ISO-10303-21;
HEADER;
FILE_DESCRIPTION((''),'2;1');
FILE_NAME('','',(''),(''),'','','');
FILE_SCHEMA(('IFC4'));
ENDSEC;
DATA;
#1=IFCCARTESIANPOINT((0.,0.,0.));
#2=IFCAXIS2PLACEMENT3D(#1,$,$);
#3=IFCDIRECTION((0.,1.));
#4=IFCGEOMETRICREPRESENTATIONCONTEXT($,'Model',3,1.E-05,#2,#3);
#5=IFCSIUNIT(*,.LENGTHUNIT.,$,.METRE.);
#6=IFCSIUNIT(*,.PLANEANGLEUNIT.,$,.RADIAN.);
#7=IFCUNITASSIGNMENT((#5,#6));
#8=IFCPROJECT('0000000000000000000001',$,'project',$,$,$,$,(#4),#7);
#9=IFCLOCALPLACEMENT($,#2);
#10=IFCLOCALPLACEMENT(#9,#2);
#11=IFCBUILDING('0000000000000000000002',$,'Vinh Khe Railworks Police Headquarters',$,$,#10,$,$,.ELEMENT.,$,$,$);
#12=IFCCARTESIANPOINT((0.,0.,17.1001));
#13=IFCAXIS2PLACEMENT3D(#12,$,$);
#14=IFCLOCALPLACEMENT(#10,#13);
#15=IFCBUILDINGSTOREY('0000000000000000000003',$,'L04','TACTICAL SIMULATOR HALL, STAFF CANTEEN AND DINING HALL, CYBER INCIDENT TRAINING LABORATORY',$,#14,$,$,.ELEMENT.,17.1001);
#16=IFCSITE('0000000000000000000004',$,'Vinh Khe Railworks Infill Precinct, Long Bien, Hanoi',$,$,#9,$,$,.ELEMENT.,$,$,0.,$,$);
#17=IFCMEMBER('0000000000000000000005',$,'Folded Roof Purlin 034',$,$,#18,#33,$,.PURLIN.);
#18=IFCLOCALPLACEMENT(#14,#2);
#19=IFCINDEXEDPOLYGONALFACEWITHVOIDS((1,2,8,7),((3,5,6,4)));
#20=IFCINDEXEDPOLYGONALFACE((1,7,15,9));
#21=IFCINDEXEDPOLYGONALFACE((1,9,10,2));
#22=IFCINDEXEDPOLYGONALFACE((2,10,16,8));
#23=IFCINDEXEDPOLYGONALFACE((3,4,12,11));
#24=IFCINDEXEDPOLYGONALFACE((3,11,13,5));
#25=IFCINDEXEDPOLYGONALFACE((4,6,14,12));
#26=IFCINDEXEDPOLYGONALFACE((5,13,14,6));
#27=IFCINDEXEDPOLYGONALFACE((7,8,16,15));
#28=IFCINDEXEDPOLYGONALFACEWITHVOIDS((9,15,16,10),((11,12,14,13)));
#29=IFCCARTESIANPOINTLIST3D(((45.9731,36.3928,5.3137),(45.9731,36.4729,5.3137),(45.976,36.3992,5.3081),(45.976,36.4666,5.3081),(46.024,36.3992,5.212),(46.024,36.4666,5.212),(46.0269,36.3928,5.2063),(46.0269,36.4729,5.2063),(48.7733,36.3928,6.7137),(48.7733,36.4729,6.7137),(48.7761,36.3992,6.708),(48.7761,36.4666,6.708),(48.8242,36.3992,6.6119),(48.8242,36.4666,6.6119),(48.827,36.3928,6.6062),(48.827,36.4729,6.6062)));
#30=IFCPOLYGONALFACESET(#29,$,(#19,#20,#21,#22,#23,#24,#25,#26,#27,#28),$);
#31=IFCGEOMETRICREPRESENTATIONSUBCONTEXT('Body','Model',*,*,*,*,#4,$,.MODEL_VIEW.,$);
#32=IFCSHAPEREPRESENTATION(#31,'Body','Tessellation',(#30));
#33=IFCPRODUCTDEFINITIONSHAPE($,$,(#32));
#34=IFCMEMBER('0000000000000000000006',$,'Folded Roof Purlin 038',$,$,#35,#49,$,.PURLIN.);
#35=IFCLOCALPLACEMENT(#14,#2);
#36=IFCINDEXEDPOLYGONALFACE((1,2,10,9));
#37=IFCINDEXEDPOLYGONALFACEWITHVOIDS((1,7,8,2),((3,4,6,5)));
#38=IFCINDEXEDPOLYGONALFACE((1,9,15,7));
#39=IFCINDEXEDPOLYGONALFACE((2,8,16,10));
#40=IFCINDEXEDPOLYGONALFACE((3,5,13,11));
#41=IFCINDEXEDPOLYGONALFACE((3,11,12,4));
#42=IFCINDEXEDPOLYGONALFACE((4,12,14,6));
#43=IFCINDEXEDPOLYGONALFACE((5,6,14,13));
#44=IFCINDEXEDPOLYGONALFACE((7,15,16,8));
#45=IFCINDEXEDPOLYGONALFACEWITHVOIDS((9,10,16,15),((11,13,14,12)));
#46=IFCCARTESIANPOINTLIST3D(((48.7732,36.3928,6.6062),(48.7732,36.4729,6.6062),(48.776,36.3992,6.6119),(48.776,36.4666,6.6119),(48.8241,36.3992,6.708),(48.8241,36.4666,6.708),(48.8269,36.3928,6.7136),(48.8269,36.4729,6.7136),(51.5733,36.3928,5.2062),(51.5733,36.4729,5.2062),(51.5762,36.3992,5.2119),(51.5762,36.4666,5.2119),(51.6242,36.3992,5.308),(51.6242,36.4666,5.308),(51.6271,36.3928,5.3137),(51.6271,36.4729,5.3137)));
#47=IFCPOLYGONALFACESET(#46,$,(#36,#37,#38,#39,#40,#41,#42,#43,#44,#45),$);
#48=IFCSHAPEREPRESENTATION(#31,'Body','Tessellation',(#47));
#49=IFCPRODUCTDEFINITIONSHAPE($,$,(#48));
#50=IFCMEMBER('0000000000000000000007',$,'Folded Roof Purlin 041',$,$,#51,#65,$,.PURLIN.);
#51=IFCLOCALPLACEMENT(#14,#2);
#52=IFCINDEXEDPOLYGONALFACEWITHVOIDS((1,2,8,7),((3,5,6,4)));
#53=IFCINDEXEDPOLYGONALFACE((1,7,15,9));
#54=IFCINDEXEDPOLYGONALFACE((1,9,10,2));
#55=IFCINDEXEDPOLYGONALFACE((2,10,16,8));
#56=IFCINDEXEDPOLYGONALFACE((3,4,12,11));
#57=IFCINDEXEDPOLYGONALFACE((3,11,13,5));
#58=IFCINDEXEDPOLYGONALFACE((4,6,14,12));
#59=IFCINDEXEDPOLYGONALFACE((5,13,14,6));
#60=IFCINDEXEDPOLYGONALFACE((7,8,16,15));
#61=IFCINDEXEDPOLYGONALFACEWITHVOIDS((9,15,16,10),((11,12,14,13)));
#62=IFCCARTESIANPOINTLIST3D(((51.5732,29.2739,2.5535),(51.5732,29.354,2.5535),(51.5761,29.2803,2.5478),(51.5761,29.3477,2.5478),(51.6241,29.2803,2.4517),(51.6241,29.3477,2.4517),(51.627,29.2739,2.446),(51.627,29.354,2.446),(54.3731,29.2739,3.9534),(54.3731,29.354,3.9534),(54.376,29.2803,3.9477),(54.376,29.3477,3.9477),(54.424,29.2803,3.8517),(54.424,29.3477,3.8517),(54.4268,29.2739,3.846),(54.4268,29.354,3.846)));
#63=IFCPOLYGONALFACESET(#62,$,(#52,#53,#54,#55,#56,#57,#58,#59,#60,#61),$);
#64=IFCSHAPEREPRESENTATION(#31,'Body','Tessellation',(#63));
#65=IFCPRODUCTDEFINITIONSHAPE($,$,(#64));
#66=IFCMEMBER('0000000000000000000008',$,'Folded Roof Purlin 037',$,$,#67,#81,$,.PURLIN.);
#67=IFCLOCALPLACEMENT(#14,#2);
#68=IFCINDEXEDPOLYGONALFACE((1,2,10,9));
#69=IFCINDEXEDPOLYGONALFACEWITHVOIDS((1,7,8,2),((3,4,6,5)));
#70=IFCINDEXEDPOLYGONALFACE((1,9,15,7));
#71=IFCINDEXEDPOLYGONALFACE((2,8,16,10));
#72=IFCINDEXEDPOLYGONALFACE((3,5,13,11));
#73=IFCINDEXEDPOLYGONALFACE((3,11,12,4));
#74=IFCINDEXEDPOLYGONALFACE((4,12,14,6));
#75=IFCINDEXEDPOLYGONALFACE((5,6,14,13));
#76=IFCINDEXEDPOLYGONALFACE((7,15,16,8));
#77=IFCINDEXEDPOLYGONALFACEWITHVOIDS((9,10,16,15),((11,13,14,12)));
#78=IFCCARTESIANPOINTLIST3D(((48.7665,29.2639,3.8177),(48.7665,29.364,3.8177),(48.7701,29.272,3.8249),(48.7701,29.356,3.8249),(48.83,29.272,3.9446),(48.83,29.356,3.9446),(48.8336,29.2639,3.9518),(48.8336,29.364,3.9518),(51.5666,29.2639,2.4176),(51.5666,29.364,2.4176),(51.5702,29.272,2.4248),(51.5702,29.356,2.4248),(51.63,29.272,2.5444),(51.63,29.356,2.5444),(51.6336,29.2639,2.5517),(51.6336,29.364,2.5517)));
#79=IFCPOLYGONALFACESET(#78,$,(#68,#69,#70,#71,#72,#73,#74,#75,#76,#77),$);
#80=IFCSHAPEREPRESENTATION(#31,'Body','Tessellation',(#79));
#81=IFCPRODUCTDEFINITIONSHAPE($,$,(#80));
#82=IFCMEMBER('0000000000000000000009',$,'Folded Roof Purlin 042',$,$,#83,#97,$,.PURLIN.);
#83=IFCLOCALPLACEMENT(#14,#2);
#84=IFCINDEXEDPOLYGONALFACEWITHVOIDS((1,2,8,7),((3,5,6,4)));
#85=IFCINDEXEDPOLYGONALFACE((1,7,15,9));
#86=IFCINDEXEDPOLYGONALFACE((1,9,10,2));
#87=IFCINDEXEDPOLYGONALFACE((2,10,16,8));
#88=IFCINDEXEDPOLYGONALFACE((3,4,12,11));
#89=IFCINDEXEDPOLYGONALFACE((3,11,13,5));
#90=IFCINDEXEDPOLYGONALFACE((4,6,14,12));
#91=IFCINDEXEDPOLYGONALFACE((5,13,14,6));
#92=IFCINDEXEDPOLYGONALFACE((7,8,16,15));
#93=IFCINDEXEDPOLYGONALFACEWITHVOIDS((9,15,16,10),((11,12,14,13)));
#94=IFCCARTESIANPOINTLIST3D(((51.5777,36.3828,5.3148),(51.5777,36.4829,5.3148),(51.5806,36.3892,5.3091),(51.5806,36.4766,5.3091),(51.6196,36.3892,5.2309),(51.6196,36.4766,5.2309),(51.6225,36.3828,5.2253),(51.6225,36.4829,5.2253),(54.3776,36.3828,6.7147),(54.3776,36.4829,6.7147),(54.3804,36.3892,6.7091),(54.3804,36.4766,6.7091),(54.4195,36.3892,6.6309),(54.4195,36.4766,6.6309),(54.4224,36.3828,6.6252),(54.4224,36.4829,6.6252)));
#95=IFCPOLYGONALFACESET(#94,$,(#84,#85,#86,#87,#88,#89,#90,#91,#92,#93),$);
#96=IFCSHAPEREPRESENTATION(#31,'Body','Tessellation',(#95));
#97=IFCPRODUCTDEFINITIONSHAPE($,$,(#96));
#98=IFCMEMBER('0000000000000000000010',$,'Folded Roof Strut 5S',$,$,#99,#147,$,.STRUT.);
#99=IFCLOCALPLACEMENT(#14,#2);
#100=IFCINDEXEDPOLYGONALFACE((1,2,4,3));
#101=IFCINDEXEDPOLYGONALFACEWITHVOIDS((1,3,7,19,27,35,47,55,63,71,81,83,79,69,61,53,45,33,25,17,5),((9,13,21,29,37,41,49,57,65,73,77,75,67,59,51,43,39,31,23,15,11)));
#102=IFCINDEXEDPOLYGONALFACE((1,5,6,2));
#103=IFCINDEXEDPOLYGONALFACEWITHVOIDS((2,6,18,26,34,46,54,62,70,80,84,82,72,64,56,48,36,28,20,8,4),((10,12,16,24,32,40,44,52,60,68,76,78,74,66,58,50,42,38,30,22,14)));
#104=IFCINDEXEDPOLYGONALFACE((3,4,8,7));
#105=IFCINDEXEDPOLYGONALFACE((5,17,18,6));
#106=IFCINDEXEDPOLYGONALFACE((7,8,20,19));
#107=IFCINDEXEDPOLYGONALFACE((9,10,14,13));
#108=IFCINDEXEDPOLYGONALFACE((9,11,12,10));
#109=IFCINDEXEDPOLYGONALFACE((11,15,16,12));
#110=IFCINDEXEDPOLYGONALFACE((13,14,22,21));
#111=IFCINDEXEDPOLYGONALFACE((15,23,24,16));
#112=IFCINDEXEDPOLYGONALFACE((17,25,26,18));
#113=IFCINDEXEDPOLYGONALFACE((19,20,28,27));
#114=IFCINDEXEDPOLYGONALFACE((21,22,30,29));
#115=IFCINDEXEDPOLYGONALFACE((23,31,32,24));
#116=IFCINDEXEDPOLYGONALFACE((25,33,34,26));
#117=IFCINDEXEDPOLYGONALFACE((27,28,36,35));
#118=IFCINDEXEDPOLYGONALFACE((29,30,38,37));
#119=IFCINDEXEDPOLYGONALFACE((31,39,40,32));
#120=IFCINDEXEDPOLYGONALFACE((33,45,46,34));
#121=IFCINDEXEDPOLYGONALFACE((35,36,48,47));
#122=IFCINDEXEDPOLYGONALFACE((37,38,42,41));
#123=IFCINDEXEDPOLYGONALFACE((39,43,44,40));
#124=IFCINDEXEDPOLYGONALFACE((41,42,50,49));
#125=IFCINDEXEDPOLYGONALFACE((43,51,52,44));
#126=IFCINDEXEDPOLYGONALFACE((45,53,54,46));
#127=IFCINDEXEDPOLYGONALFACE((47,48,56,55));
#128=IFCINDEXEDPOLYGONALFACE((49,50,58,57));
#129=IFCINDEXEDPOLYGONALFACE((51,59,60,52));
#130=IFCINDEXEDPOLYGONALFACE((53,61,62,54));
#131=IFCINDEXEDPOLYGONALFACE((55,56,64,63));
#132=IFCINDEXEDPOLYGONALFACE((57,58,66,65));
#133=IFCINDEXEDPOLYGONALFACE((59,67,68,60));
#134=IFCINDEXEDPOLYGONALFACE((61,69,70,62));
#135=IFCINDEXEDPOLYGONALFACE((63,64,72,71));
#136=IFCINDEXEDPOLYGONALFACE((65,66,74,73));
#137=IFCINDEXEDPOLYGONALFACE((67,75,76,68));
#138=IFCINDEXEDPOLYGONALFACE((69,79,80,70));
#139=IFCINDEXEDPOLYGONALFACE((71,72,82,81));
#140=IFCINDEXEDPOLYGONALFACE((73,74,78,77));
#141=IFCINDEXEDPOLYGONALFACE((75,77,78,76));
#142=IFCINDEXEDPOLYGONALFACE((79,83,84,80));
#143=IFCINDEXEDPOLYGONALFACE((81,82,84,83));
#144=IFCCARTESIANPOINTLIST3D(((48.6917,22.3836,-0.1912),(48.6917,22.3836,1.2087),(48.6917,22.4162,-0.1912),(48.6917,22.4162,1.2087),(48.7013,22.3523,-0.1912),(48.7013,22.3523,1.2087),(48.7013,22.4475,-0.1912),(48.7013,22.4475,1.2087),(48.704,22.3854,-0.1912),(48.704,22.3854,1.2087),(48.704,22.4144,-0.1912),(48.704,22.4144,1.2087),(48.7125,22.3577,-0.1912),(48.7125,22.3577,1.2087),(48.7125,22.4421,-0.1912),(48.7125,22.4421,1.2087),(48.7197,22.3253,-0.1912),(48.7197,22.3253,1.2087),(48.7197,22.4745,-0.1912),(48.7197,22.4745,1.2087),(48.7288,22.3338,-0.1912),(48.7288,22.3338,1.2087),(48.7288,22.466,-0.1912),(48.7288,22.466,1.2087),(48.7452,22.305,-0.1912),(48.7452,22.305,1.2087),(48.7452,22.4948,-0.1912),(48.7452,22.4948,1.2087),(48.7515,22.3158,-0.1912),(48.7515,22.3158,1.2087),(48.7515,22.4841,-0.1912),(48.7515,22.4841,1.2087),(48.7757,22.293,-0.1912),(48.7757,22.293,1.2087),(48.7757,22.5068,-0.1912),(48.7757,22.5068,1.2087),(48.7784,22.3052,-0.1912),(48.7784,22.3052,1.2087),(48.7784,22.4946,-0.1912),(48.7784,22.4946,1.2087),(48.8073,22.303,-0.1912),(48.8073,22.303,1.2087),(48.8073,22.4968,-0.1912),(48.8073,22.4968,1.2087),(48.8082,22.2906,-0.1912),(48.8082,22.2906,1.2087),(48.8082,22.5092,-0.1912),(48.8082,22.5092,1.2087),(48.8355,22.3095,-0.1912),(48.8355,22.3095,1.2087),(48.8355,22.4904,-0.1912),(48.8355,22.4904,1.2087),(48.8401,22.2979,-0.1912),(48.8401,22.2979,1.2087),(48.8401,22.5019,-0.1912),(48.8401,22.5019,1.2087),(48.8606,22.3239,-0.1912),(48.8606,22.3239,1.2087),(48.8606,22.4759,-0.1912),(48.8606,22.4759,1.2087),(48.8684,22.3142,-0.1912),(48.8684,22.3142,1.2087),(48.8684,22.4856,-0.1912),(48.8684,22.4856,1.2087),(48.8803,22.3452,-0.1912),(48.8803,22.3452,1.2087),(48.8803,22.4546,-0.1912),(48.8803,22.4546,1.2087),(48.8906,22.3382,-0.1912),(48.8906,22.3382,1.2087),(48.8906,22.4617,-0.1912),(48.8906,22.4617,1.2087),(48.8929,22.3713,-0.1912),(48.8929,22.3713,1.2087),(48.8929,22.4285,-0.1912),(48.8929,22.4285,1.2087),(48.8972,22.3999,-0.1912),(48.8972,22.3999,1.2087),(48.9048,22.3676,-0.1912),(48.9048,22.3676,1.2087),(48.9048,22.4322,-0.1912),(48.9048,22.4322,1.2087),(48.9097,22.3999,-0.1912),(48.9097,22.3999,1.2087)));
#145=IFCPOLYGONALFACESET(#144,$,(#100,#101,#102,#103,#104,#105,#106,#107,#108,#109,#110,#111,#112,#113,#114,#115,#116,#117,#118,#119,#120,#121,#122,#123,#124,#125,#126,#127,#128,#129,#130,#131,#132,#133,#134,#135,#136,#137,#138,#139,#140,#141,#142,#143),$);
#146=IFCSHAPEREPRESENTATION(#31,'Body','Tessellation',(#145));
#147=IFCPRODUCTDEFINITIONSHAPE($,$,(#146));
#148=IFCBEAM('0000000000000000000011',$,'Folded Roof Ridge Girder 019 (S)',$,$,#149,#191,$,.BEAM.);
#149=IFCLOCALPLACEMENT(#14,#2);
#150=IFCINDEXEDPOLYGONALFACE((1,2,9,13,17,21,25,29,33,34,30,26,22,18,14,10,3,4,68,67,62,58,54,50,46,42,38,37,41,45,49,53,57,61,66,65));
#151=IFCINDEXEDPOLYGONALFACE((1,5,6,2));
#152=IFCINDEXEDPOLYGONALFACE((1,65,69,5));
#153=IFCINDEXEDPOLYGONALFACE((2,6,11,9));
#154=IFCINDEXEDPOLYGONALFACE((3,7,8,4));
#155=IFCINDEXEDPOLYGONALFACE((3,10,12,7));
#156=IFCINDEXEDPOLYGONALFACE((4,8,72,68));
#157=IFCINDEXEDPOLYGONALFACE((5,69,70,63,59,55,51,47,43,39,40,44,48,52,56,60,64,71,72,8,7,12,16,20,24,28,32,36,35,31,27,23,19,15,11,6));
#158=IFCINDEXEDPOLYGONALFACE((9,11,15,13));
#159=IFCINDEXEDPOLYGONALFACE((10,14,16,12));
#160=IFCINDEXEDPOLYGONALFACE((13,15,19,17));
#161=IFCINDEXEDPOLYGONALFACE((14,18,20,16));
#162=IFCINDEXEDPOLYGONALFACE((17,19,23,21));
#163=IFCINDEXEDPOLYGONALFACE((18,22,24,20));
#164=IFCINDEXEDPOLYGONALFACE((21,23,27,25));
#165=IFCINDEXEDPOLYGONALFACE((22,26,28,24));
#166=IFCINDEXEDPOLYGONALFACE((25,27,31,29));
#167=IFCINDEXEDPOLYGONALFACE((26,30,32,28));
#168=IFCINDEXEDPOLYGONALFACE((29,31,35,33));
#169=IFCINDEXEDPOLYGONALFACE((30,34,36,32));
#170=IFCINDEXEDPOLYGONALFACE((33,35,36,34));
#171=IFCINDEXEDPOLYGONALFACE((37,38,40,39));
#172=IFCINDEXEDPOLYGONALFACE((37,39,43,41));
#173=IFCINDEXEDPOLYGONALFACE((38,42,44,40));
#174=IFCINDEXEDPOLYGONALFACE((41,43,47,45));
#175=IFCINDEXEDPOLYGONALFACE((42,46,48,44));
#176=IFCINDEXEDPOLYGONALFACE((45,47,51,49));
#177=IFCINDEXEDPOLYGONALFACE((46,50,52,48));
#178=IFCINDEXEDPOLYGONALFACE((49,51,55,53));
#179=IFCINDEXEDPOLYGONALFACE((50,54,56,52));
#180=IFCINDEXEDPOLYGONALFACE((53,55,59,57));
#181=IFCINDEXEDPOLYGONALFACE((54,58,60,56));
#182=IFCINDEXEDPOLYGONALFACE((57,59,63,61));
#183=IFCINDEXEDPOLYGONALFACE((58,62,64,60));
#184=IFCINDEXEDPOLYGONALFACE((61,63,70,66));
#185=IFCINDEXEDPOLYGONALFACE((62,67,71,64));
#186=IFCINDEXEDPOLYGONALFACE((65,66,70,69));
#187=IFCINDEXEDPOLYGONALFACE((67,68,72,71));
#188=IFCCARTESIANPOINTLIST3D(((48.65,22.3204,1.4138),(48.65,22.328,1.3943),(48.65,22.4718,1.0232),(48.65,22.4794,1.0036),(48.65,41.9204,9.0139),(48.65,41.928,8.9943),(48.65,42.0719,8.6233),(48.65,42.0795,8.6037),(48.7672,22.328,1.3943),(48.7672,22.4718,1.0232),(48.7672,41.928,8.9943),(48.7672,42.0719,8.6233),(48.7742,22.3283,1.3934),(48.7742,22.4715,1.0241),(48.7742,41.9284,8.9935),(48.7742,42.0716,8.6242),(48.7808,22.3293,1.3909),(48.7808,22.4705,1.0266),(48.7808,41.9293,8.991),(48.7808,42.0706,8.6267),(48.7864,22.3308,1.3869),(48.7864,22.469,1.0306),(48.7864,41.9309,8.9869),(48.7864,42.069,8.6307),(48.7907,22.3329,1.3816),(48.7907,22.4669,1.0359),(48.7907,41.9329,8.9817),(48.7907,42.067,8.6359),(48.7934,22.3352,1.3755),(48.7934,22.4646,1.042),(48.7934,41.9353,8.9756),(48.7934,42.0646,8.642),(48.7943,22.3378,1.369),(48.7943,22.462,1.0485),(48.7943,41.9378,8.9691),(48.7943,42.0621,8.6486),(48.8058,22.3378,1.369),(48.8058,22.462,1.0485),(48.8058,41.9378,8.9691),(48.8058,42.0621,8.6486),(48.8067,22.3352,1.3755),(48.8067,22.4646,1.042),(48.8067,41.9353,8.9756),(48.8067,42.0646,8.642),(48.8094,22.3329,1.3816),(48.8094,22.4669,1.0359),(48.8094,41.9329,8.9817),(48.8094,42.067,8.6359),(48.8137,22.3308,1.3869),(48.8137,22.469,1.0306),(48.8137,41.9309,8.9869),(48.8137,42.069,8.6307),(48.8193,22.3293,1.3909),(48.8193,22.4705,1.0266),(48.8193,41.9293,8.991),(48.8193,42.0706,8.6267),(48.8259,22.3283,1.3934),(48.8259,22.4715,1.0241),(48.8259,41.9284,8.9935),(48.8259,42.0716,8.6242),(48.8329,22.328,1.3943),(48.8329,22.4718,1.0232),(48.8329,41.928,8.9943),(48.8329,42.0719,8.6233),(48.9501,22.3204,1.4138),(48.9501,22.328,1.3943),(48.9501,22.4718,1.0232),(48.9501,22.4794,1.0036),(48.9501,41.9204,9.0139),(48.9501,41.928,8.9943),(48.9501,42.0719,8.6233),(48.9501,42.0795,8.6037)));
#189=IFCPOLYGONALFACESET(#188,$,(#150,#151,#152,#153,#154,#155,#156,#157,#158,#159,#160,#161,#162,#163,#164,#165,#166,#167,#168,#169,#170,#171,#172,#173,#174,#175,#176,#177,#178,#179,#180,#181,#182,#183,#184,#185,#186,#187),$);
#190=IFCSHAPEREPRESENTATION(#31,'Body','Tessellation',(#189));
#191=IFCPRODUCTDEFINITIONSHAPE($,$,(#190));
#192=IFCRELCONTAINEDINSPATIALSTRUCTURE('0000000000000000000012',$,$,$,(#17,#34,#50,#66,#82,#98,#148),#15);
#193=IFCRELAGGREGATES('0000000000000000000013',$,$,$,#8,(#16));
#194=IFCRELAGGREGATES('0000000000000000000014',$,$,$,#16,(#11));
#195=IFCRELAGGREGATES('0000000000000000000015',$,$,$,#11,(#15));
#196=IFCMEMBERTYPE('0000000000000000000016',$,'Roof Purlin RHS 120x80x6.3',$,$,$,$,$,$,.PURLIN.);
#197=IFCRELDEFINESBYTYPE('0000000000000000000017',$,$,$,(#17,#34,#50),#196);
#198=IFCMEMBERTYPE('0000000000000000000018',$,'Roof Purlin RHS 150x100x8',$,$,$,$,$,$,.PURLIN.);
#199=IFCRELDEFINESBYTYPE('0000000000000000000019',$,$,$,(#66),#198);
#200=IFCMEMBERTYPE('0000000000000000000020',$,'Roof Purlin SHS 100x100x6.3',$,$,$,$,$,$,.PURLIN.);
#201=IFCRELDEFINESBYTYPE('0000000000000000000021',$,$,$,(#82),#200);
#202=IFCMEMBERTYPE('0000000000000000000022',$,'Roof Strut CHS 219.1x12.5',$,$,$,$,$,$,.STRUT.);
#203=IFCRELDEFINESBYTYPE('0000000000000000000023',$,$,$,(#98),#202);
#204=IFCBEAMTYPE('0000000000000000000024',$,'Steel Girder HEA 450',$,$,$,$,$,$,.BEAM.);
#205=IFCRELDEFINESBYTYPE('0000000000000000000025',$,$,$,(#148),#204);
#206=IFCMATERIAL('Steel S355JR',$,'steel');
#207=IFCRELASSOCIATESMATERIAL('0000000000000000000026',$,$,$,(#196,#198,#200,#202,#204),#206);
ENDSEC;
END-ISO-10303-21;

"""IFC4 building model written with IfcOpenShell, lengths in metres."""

from ifc_helpers import new_model, si_unit, direction, frame, origin, origin_2d, place, context, subcontext, project, spatial, hollow_rectangle, hollow_circle, i_section, extrude, material, material_profile, profile_set, type_object, element, save


model = new_model("IFC4")

# Units and contexts
model_context = context("Model", 3, precision=1e-05, world=origin(), true_north=direction((0.0, 1.0)))
body_context = subcontext(model_context, "Body", "Model", "MODEL_VIEW")
ifc_project = project(units=[si_unit("LENGTHUNIT", "METRE"), si_unit("PLANEANGLEUNIT", "RADIAN")], contexts=[model_context])

# Site, building, storey
site_placement = place(None, origin())
site = spatial("IfcSite", under=ifc_project, at=site_placement, Name="Vinh Khe Railworks Infill Precinct, Long Bien, Hanoi", CompositionType="ELEMENT", RefElevation=0.0)
building_placement = place(site_placement, origin())
building = spatial("IfcBuilding", under=site, at=building_placement, Name="Vinh Khe Railworks Police Headquarters", CompositionType="ELEMENT")
storey_placement = place(building_placement, frame((0.0, 0.0, 17.1001)))
storey = spatial("IfcBuildingStorey", under=building, at=storey_placement, Name="L04", Description="TACTICAL SIMULATOR HALL, STAFF CANTEEN AND DINING HALL, CYBER INCIDENT TRAINING LABORATORY", CompositionType="ELEMENT", Elevation=17.1001)

# Members
ifc_material_1 = material(Name="Steel S355JR", Category="steel")
ifc_material_profile_1 = material_profile(ifc_material_1, hollow_rectangle(XDim=0.0801, YDim=0.1201, WallThickness=0.0063, at=origin_2d()), Name="RHS 120x80x6.3")
ifc_profile_set_1 = profile_set([ifc_material_profile_1], Name="Steel S355JR")
member_type_1 = type_object("IfcMemberType", Name="Roof Purlin RHS 120x80x6.3", PredefinedType="PURLIN", material=ifc_profile_set_1)
for number, where, z_axis, x_axis, name in (
    (1, (46.0, 36.4329, 5.26), (0.894443, 0.0, 0.447182), (0.0, 1.0, 0.0), "Folded Roof Purlin 034"),
    (2, (48.8, 36.4329, 6.6599), (0.894443, 0.0, -0.447182), (0.0, 1.0, 0.0), "Folded Roof Purlin 038"),
):
    element("IfcMember", number, at=place(storey_placement, frame(where, z_axis=z_axis, x_axis=x_axis)), inside=storey, type_object=member_type_1, Name=name, PredefinedType="PURLIN", context=body_context, shape_type="SweptSolid", body=[
        extrude(hollow_rectangle(XDim=0.0801, YDim=0.1201, WallThickness=0.0063, at=origin_2d()), origin(), (0.0, 0.0, 1.0), 3.1306),
    ])
member_1_placement = place(storey_placement, frame((51.6001, 29.314, 2.4998), z_axis=(0.894427, 0.0, 0.447214), x_axis=(0.0, 1.0, 0.0)))
element("IfcMember", 3, at=member_1_placement, inside=storey, type_object=member_type_1, Name="Folded Roof Purlin 041", PredefinedType="PURLIN", context=body_context, shape_type="SweptSolid", body=[
    extrude(hollow_rectangle(XDim=0.0801, YDim=0.1201, WallThickness=0.0063, at=origin_2d()), origin(), (0.0, 0.0, 1.0), 3.1304),
])
ifc_material_profile_2 = material_profile(ifc_material_1, hollow_rectangle(XDim=0.1001, YDim=0.1499, WallThickness=0.0081, at=origin_2d()), Name="RHS 150x100x8")
ifc_profile_set_2 = profile_set([ifc_material_profile_2], Name="Steel S355JR")
member_type_2 = type_object("IfcMemberType", Name="Roof Purlin RHS 150x100x8", PredefinedType="PURLIN", material=ifc_profile_set_2)
member_2_placement = place(storey_placement, frame((48.8, 29.314, 3.8848), z_axis=(0.894412, 0.0, -0.447245), x_axis=(0.0, 1.0, 0.0)))
element("IfcMember", 4, at=member_2_placement, inside=storey, type_object=member_type_2, Name="Folded Roof Purlin 037", PredefinedType="PURLIN", context=body_context, shape_type="SweptSolid", body=[
    extrude(hollow_rectangle(XDim=0.1001, YDim=0.1499, WallThickness=0.0081, at=origin_2d()), origin(), (0.0, 0.0, 1.0), 3.1306),
])
ifc_material_profile_3 = material_profile(ifc_material_1, hollow_rectangle(XDim=0.1001, YDim=0.1001, WallThickness=0.0063, at=origin_2d()), Name="SHS 100x100x6.3")
ifc_profile_set_3 = profile_set([ifc_material_profile_3], Name="Steel S355JR")
member_type_3 = type_object("IfcMemberType", Name="Roof Purlin SHS 100x100x6.3", PredefinedType="PURLIN", material=ifc_profile_set_3)
member_3_placement = place(storey_placement, frame((51.6001, 36.4329, 5.27), z_axis=(0.894427, 0.0, 0.447214), x_axis=(0.0, 1.0, 0.0)))
element("IfcMember", 5, at=member_3_placement, inside=storey, type_object=member_type_3, Name="Folded Roof Purlin 042", PredefinedType="PURLIN", context=body_context, shape_type="SweptSolid", body=[
    extrude(hollow_rectangle(XDim=0.1001, YDim=0.1001, WallThickness=0.0063, at=origin_2d()), origin(), (0.0, 0.0, 1.0), 3.1304),
])
ifc_material_profile_4 = material_profile(ifc_material_1, hollow_circle(Radius=0.1096, WallThickness=0.0125, at=origin_2d()), Name="CHS 219.1x12.5")
ifc_profile_set_4 = profile_set([ifc_material_profile_4], Name="Steel S355JR")
member_type_4 = type_object("IfcMemberType", Name="Roof Strut CHS 219.1x12.5", PredefinedType="STRUT", material=ifc_profile_set_4)
member_4_placement = place(storey_placement, frame((48.8, 22.3999, -0.1912), z_axis=(0.0, 0.0, 1.0), x_axis=(1.0, 0.0, 0.0)))
element("IfcMember", 6, at=member_4_placement, inside=storey, type_object=member_type_4, Name="Folded Roof Strut 5S", PredefinedType="STRUT", context=body_context, shape_type="SweptSolid", body=[
    extrude(hollow_circle(Radius=0.1096, WallThickness=0.0125, at=origin_2d()), origin(), (0.0, 0.0, 1.0), 1.3999),
])

# Beam
ifc_material_profile_5 = material_profile(ifc_material_1, i_section(OverallWidth=0.3, OverallDepth=0.4399, WebThickness=0.0115, FlangeThickness=0.021, FilletRadius=0.0271, at=origin_2d()), Name="HEA 450")
ifc_profile_set_5 = profile_set([ifc_material_profile_5], Name="Steel S355JR")
beam_type_1 = type_object("IfcBeamType", Name="Steel Girder HEA 450", PredefinedType="BEAM", material=ifc_profile_set_5)
beam_1_placement = place(storey_placement, frame((48.8, 22.3999, 1.2087), z_axis=(0.0, 0.93236, 0.36153), x_axis=(-1.0, 0.0, 0.0)))
element("IfcBeam", 7, at=beam_1_placement, inside=storey, type_object=beam_type_1, Name="Folded Roof Ridge Girder 019 (S)", PredefinedType="BEAM", context=body_context, shape_type="SweptSolid", body=[
    extrude(i_section(OverallWidth=0.3, OverallDepth=0.4399, WebThickness=0.0115, FlangeThickness=0.021, FilletRadius=0.0271, at=origin_2d()), origin(), (0.0, 0.0, 1.0), 21.022),
])

save(model, "model.ifc")
